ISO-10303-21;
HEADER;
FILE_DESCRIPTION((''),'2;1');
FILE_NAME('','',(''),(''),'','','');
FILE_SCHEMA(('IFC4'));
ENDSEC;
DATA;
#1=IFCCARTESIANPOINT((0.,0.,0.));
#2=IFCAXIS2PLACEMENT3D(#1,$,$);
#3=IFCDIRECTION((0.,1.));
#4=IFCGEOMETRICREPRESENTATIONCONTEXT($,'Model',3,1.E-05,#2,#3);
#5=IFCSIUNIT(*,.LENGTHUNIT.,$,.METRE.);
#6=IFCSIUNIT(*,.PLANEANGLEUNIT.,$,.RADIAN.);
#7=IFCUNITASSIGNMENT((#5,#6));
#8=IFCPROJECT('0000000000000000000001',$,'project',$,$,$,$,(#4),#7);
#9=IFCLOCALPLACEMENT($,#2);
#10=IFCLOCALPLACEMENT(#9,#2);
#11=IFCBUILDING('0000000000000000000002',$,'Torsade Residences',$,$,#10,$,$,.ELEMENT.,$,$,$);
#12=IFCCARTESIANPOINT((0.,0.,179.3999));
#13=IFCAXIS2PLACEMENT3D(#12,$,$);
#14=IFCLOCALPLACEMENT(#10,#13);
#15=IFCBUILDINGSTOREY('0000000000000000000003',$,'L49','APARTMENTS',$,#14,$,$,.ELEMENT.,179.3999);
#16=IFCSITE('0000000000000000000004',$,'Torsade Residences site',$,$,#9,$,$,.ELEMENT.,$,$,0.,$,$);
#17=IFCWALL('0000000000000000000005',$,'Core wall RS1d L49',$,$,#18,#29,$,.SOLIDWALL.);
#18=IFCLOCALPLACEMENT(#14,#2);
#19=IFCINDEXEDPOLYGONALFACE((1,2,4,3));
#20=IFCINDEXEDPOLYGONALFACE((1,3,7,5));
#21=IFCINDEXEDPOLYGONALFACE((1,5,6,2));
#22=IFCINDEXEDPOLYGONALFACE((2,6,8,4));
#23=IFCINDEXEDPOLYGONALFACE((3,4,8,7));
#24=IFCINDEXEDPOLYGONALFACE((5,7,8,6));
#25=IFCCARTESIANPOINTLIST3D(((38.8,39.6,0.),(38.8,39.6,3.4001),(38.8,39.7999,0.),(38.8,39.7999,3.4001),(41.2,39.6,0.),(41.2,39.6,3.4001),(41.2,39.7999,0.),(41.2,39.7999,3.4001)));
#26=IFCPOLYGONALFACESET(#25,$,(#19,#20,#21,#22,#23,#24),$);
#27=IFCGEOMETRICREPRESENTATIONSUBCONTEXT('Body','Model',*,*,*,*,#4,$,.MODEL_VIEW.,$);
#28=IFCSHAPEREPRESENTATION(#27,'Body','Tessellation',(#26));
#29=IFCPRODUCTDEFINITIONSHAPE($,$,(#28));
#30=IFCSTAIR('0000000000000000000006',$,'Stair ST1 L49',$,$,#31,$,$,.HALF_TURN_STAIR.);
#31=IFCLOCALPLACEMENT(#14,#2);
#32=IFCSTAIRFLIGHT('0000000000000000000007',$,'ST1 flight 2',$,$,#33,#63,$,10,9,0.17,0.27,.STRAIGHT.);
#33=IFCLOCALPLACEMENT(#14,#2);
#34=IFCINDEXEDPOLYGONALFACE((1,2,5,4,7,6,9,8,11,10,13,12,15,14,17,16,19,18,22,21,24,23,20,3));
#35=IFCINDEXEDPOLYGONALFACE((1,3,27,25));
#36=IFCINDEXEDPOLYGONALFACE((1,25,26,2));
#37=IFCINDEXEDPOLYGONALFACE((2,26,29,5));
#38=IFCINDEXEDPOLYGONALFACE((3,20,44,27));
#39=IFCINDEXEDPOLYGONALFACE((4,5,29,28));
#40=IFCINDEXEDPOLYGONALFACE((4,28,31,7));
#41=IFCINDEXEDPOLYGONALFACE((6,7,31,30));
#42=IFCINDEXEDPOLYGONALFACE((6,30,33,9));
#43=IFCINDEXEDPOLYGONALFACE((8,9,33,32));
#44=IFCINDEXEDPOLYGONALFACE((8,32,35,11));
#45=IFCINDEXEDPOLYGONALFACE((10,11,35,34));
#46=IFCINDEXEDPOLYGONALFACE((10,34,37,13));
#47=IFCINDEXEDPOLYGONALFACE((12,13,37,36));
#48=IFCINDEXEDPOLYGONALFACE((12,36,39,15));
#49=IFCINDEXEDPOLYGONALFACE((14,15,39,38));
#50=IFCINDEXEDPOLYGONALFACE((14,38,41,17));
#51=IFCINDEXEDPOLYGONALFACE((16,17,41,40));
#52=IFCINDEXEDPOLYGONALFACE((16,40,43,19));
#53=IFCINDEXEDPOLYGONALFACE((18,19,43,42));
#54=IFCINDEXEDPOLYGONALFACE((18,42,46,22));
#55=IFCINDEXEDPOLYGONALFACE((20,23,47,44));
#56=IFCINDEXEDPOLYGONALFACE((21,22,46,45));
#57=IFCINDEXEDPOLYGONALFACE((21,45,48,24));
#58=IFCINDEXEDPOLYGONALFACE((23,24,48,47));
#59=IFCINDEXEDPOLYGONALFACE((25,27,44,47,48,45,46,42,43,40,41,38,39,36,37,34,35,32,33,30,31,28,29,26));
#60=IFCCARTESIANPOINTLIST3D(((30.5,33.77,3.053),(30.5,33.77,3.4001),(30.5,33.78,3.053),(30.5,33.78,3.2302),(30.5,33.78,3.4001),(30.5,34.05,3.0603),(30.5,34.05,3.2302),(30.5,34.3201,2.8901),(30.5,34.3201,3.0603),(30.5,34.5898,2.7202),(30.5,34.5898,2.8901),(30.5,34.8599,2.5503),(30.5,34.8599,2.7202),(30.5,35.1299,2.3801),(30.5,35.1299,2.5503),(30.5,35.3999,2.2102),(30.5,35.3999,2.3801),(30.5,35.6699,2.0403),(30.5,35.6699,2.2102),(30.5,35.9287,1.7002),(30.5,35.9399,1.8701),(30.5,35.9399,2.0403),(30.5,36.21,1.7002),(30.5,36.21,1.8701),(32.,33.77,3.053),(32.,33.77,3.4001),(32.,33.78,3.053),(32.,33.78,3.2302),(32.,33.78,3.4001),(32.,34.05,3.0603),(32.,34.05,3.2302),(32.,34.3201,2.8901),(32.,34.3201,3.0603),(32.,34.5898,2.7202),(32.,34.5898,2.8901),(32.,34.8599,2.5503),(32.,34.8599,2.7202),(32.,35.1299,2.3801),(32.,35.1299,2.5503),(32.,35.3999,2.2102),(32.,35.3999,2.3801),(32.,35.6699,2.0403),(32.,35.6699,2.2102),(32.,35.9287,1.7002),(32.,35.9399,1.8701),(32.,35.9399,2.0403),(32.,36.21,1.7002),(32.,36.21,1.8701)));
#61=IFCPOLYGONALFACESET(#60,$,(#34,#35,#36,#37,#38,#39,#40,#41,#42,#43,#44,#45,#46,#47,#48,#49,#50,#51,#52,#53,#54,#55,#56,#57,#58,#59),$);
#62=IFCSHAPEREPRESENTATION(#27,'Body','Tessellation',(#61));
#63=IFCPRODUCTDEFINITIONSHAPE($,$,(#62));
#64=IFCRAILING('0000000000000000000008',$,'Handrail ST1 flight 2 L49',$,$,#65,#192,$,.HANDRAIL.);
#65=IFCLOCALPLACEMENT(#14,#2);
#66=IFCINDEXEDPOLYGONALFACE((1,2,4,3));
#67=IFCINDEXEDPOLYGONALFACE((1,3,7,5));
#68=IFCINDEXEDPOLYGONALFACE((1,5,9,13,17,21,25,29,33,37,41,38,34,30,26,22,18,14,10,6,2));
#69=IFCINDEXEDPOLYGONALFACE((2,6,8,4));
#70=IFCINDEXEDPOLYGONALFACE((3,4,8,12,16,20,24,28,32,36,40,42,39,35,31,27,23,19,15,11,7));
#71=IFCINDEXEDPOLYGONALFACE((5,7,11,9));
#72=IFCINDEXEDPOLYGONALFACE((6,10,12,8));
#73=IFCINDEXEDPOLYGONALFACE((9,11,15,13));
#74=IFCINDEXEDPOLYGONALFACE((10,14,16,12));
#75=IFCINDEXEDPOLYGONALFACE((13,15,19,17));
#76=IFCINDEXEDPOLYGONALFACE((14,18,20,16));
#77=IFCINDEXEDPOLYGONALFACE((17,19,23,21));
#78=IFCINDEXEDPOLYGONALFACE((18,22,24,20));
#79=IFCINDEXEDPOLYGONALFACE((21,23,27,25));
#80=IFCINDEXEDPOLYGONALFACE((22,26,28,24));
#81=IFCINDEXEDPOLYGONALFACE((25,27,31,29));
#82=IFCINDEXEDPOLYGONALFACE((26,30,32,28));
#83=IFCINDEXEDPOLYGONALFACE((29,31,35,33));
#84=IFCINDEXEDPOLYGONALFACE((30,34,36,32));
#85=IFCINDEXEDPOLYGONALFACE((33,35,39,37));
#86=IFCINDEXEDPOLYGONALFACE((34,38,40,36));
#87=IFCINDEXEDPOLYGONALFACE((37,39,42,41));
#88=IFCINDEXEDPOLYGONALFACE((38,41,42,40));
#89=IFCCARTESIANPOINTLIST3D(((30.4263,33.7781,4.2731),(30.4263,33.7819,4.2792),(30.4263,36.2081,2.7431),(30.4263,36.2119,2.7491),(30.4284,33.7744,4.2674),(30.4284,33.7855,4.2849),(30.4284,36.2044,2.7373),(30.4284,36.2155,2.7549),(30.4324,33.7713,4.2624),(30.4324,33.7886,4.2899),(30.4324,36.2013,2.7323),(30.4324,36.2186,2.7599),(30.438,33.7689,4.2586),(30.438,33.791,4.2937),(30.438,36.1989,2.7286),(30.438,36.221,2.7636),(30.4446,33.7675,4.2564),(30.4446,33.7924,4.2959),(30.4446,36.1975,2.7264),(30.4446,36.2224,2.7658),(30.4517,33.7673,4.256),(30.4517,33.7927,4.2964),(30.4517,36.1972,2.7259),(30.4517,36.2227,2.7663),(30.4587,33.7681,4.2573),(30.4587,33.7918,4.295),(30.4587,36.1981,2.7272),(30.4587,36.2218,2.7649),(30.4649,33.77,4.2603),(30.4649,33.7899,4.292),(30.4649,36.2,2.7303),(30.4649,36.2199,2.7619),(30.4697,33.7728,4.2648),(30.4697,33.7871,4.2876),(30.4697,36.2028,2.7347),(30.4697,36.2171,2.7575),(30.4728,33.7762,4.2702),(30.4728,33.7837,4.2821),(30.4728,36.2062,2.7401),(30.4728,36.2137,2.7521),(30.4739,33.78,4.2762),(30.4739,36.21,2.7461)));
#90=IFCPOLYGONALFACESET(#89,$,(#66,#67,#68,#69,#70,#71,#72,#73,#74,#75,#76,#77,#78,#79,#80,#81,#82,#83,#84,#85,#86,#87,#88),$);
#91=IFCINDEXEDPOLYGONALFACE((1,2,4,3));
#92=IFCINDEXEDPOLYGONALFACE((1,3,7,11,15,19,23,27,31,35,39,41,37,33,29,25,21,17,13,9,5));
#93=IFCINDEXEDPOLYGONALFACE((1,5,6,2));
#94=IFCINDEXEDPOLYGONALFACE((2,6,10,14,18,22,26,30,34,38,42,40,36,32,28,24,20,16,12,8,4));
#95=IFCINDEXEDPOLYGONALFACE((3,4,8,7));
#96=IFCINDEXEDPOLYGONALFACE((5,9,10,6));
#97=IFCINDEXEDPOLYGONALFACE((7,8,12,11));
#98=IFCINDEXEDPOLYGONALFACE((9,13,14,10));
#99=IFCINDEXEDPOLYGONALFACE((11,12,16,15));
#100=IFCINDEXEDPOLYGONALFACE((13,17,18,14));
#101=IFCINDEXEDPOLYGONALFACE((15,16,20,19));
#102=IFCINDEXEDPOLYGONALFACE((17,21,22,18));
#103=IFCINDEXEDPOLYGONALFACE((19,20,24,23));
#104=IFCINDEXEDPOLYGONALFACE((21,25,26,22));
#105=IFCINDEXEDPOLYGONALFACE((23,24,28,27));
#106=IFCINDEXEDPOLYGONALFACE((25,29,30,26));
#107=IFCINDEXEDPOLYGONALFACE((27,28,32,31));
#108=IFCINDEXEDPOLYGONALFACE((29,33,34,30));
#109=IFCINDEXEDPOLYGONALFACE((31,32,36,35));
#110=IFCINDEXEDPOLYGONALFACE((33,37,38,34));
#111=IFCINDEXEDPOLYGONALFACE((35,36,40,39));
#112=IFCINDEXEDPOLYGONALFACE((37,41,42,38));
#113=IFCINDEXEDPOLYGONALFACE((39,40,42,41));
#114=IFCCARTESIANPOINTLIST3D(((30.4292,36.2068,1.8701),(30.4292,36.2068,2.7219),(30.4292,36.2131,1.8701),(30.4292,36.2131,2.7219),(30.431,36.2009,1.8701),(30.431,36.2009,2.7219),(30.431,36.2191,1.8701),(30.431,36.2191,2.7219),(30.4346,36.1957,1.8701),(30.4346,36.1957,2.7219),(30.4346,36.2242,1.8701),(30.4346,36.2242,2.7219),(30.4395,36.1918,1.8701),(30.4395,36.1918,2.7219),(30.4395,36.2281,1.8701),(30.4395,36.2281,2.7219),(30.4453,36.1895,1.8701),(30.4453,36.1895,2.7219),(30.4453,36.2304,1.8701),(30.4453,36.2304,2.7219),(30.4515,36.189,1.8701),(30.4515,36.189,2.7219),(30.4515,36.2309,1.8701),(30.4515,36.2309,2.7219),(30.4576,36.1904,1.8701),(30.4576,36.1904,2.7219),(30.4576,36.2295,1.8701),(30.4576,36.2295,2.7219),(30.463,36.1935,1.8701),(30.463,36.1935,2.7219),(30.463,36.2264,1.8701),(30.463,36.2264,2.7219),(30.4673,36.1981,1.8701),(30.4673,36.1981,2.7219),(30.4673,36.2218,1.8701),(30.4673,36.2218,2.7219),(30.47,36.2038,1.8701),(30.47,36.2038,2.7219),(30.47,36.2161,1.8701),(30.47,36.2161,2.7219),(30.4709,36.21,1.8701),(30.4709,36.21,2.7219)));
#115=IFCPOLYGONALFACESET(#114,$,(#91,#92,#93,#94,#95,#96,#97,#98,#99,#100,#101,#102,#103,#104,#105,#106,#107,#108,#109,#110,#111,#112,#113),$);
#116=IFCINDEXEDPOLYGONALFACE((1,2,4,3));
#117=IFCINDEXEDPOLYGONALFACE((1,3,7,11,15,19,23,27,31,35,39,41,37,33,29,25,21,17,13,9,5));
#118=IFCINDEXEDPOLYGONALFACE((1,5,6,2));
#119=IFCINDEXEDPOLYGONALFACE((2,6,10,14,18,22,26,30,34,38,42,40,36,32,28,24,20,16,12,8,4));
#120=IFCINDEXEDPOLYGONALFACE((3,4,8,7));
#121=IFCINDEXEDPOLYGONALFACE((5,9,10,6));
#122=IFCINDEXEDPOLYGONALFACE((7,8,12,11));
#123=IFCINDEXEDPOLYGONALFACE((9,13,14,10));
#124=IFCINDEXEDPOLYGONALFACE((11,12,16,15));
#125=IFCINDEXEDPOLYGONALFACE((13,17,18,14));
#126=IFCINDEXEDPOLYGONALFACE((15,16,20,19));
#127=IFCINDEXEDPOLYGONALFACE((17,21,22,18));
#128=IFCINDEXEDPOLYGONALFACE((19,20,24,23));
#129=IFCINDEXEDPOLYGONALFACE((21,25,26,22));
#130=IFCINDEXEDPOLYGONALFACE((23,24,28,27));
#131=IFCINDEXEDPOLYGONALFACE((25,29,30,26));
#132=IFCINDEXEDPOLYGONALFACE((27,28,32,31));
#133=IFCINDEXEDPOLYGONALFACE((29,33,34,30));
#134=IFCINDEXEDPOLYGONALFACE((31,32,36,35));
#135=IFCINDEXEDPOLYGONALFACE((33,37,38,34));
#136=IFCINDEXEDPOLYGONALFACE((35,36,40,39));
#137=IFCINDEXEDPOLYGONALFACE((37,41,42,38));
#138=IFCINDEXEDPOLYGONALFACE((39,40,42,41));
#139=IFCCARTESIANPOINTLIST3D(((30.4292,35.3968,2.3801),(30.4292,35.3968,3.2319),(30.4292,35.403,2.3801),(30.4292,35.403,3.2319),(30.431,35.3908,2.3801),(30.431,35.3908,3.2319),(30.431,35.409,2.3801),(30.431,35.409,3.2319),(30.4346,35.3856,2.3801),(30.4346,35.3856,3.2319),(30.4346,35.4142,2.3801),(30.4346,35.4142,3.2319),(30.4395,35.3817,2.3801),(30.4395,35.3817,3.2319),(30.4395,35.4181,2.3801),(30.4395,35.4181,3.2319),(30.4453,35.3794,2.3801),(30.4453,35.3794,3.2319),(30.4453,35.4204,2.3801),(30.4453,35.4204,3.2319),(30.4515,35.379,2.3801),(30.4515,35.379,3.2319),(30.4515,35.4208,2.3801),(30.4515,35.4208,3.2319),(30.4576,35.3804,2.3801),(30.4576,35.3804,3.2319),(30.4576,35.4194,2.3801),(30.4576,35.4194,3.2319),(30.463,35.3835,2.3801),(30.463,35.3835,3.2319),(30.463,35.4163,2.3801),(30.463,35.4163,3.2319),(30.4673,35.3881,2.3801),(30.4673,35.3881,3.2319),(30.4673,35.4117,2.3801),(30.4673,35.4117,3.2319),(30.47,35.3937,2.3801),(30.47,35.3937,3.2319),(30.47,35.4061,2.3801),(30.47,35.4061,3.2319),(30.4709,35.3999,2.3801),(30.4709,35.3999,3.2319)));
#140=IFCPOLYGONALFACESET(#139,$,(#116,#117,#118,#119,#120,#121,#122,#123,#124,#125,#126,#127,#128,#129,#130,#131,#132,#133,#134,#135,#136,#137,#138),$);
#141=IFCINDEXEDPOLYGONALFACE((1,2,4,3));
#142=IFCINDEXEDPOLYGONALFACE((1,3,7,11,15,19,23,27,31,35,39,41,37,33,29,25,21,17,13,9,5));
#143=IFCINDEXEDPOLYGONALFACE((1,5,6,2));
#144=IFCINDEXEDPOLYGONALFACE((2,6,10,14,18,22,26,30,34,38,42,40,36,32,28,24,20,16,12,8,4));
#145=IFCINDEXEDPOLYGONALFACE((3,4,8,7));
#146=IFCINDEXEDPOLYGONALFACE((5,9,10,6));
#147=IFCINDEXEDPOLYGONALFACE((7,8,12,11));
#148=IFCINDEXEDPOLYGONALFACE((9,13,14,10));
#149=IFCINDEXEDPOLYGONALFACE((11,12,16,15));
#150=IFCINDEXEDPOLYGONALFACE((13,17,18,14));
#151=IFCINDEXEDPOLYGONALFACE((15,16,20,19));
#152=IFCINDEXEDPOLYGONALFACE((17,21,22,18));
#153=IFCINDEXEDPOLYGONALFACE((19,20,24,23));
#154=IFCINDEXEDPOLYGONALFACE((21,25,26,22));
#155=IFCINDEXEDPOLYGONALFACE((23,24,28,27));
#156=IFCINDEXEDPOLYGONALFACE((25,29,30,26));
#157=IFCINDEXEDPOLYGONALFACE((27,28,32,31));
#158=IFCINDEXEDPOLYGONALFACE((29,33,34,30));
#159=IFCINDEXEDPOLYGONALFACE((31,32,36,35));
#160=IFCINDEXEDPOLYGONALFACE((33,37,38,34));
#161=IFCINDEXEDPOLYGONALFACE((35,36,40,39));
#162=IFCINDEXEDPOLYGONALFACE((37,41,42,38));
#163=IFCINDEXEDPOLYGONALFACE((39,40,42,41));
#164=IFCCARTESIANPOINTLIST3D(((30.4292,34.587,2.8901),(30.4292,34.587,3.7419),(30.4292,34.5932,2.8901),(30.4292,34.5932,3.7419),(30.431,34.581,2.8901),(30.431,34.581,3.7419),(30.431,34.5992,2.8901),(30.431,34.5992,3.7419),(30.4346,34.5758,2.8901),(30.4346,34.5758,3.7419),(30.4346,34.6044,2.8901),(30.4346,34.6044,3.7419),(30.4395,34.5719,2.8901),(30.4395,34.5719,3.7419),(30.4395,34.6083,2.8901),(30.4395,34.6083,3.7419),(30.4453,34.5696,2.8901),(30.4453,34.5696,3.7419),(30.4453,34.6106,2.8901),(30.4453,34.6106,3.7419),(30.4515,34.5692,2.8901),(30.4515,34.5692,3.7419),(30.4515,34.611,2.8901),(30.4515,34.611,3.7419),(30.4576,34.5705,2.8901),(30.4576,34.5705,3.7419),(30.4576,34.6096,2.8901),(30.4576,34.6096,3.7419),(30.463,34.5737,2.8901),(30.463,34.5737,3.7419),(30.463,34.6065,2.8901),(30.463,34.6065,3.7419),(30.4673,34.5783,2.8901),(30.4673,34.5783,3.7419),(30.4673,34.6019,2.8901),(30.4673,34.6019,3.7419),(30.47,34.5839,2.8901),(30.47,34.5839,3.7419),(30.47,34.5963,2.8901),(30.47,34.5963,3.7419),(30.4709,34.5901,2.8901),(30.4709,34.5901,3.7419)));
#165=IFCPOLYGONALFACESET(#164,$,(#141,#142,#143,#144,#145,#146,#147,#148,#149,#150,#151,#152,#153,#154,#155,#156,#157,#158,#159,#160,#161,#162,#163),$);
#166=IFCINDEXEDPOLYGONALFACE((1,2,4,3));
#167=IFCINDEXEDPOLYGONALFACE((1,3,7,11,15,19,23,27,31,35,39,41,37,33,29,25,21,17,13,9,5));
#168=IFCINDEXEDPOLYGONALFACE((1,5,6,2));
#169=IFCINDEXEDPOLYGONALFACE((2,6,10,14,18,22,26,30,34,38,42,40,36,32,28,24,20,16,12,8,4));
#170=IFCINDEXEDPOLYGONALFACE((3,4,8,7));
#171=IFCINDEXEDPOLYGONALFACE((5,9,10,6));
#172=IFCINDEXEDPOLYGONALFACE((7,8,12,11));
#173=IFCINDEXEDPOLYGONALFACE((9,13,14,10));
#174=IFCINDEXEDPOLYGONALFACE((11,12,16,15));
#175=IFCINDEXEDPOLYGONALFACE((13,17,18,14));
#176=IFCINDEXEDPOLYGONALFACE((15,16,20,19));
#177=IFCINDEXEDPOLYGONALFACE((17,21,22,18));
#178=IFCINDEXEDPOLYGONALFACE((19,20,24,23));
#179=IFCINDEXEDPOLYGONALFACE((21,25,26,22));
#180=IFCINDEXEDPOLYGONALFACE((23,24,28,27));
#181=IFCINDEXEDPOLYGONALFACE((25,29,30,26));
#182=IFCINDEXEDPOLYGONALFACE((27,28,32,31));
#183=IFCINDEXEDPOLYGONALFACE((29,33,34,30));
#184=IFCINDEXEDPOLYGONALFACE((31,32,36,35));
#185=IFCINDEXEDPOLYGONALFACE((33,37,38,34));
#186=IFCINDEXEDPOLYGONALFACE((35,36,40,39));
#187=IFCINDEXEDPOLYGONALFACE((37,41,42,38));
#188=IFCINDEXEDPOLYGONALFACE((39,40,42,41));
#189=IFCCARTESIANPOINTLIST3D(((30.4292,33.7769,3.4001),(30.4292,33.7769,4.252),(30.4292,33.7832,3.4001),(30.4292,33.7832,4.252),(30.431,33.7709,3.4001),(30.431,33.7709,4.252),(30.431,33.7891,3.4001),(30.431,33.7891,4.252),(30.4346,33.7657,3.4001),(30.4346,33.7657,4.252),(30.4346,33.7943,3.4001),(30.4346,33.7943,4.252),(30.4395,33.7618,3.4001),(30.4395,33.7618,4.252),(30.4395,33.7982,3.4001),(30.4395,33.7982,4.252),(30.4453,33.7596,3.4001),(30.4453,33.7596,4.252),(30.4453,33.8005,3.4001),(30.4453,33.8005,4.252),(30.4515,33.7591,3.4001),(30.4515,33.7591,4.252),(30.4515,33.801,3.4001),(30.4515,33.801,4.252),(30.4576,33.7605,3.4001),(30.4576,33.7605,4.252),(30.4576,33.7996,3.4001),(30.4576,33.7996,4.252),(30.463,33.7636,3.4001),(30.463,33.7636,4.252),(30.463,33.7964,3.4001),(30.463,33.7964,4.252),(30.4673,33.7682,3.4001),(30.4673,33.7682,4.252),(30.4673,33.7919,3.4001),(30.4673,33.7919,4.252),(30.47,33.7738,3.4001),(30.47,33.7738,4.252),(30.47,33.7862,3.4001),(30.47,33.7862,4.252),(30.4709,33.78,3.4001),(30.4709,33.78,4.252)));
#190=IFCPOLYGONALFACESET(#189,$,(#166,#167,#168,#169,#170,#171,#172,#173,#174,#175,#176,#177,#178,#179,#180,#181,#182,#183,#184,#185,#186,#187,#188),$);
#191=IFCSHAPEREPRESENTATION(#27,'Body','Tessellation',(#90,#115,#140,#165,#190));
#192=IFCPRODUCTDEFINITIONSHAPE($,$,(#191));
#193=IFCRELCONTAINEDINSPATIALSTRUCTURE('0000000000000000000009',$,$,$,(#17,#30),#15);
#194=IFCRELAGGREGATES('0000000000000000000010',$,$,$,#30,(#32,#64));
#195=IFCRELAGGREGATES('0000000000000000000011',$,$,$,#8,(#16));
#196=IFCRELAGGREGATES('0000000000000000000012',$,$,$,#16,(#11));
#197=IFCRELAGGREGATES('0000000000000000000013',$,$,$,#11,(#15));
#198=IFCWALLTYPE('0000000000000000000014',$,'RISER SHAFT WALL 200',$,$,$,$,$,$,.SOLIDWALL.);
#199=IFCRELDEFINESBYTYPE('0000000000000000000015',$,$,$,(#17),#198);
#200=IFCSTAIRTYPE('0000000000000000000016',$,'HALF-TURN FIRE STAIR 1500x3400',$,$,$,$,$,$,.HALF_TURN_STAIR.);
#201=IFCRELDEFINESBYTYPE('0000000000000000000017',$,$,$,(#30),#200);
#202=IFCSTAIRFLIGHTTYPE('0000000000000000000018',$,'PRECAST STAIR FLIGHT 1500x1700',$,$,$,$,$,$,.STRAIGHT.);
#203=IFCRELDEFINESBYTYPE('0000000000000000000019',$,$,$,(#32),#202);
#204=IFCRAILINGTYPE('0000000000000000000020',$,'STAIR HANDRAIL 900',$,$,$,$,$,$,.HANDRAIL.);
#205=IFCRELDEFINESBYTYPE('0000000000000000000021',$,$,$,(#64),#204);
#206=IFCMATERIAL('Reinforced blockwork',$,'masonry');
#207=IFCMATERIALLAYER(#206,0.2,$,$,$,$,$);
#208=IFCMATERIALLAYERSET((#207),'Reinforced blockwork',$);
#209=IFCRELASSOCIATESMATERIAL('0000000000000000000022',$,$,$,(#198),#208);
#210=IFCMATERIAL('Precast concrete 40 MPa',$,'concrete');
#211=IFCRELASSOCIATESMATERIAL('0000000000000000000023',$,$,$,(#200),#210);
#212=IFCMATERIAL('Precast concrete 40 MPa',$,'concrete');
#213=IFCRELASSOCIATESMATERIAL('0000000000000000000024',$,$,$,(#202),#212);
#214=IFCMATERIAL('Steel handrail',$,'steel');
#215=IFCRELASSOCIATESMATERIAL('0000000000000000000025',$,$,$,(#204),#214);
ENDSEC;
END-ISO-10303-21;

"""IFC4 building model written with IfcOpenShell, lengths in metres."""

from ifc_helpers import new_model, si_unit, direction, frame, frame_2d, origin, origin_2d, place, context, subcontext, project, spatial, polyline, rectangle, circle, outline, extrude, material, layer, layer_set, type_object, element, aggregate, save


model = new_model("IFC4")

# Units and contexts
model_context = context("Model", 3, precision=1e-05, world=origin(), true_north=direction((0.0, 1.0)))
body_context = subcontext(model_context, "Body", "Model", "MODEL_VIEW")
ifc_project = project(units=[si_unit("LENGTHUNIT", "METRE"), si_unit("PLANEANGLEUNIT", "RADIAN")], contexts=[model_context])

# Site, building, storey
site_placement = place(None, origin())
site = spatial("IfcSite", under=ifc_project, at=site_placement, Name="Torsade Residences site", CompositionType="ELEMENT", RefElevation=0.0)
building_placement = place(site_placement, origin())
building = spatial("IfcBuilding", under=site, at=building_placement, Name="Torsade Residences", CompositionType="ELEMENT")
storey_placement = place(building_placement, frame((0.0, 0.0, 179.3999)))
storey = spatial("IfcBuildingStorey", under=building, at=storey_placement, Name="L49", Description="APARTMENTS", CompositionType="ELEMENT", Elevation=179.3999)

# Wall
ifc_material_1 = material(Name="Reinforced blockwork", Category="masonry")
ifc_layer_1 = layer(ifc_material_1, 0.2)
ifc_layer_set_1 = layer_set([ifc_layer_1], Name="Reinforced blockwork")
wall_type_1 = type_object("IfcWallType", Name="RISER SHAFT WALL 200", PredefinedType="SOLIDWALL", material=ifc_layer_set_1)
for number, where, z_axis, x_axis, name in (
    (1, (38.8, 39.7, 0.0), (0.0, 0.0, 1.0), (1.0, 0.0, 0.0), "Core wall RS1d L49"),
):
    element("IfcWall", number, at=place(storey_placement, frame(where, z_axis=z_axis, x_axis=x_axis)), inside=storey, type_object=wall_type_1, Name=name, PredefinedType="SOLIDWALL", context=body_context, shape_type="SweptSolid", body=[
        extrude(rectangle(XDim=2.3999, YDim=0.2, at=frame_2d((1.2, 0.0))), origin(), (0.0, 0.0, 1.0), 3.4001),
    ])

# Stair, stair flight, railing
ifc_material_2 = material(Name="Precast concrete 40 MPa", Category="concrete")
stair_type = type_object("IfcStairType", Name="HALF-TURN FIRE STAIR 1500x3400", PredefinedType="HALF_TURN_STAIR", material=ifc_material_2)
stair_placement = place(storey_placement, origin())
stair = element("IfcStair", 2, at=stair_placement, inside=storey, type_object=stair_type, Name="Stair ST1 L49", PredefinedType="HALF_TURN_STAIR")
ifc_material_3 = material(Name="Precast concrete 40 MPa", Category="concrete")
stair_flight_type = type_object("IfcStairFlightType", Name="PRECAST STAIR FLIGHT 1500x1700", PredefinedType="STRAIGHT", material=ifc_material_3)
stair_flight_placement = place(storey_placement, frame((31.25, 36.21, 1.7002), z_axis=(0.0, 0.0, 1.0), x_axis=(0.0, -1.0, 0.0)))
stair_flight = element("IfcStairFlight", 3, at=stair_flight_placement, type_object=stair_flight_type, Name="ST1 flight 2", NumberOfRisers=10, NumberOfTreads=9, PredefinedType="STRAIGHT", RiserHeight=0.17, TreadLength=0.27, context=body_context, shape_type="SweptSolid", body=[
    extrude(outline(polyline([(0.0, 0.0), (0.0, 0.1699), (0.27, 0.1699), (0.27, 0.3401), (0.54, 0.3401), (0.54, 0.51), (0.8101, 0.51), (0.8101, 0.6799), (1.0801, 0.6799), (1.0801, 0.8501), (1.3501, 0.8501), (1.3501, 1.02), (1.6201, 1.02), (1.6201, 1.1899), (1.8899, 1.1899), (1.8899, 1.3601), (2.1599, 1.3601), (2.1599, 1.53), (2.4299, 1.53), (2.4299, 1.7), (2.4399, 1.7), (2.4399, 1.3528), (2.4299, 1.3528), (0.2812, 0.0), (0.0, 0.0)])), frame((0.0, 0.75, 0.0), z_axis=(0.0, -1.0, 0.0), x_axis=(1.0, 0.0, 0.0)), (0.0, 0.0, 1.0), 1.5),
])
ifc_material_4 = material(Name="Steel handrail", Category="steel")
railing_type = type_object("IfcRailingType", Name="STAIR HANDRAIL 900", PredefinedType="HANDRAIL", material=ifc_material_4)
railing_placement = place(storey_placement, frame((30.45, 36.21, 1.8701)))
railing = element("IfcRailing", 4, at=railing_placement, type_object=railing_type, Name="Handrail ST1 flight 2 L49", PredefinedType="HANDRAIL", context=body_context, shape_type="SweptSolid", body=[
    extrude(circle(Radius=0.0239, at=origin_2d()), frame((0.0, 0.0, 0.876), z_axis=(0.0, -0.846221, 0.532831), x_axis=(1.0, 0.0, 0.0)), (0.0, 0.0, 1.0), 2.8716),
    extrude(circle(Radius=0.021, at=origin_2d()), origin(), (0.0, 0.0, 1.0), 0.8518),
    extrude(circle(Radius=0.021, at=origin_2d()), frame((0.0, -0.8101, 0.51)), (0.0, 0.0, 1.0), 0.8518),
    extrude(circle(Radius=0.021, at=origin_2d()), frame((0.0, -1.6199, 1.02)), (0.0, 0.0, 1.0), 0.8518),
    extrude(circle(Radius=0.021, at=origin_2d()), frame((0.0, -2.4299, 1.53)), (0.0, 0.0, 1.0), 0.8518),
])
aggregate(stair, [stair_flight, railing])

save(model, "model.ifc")
